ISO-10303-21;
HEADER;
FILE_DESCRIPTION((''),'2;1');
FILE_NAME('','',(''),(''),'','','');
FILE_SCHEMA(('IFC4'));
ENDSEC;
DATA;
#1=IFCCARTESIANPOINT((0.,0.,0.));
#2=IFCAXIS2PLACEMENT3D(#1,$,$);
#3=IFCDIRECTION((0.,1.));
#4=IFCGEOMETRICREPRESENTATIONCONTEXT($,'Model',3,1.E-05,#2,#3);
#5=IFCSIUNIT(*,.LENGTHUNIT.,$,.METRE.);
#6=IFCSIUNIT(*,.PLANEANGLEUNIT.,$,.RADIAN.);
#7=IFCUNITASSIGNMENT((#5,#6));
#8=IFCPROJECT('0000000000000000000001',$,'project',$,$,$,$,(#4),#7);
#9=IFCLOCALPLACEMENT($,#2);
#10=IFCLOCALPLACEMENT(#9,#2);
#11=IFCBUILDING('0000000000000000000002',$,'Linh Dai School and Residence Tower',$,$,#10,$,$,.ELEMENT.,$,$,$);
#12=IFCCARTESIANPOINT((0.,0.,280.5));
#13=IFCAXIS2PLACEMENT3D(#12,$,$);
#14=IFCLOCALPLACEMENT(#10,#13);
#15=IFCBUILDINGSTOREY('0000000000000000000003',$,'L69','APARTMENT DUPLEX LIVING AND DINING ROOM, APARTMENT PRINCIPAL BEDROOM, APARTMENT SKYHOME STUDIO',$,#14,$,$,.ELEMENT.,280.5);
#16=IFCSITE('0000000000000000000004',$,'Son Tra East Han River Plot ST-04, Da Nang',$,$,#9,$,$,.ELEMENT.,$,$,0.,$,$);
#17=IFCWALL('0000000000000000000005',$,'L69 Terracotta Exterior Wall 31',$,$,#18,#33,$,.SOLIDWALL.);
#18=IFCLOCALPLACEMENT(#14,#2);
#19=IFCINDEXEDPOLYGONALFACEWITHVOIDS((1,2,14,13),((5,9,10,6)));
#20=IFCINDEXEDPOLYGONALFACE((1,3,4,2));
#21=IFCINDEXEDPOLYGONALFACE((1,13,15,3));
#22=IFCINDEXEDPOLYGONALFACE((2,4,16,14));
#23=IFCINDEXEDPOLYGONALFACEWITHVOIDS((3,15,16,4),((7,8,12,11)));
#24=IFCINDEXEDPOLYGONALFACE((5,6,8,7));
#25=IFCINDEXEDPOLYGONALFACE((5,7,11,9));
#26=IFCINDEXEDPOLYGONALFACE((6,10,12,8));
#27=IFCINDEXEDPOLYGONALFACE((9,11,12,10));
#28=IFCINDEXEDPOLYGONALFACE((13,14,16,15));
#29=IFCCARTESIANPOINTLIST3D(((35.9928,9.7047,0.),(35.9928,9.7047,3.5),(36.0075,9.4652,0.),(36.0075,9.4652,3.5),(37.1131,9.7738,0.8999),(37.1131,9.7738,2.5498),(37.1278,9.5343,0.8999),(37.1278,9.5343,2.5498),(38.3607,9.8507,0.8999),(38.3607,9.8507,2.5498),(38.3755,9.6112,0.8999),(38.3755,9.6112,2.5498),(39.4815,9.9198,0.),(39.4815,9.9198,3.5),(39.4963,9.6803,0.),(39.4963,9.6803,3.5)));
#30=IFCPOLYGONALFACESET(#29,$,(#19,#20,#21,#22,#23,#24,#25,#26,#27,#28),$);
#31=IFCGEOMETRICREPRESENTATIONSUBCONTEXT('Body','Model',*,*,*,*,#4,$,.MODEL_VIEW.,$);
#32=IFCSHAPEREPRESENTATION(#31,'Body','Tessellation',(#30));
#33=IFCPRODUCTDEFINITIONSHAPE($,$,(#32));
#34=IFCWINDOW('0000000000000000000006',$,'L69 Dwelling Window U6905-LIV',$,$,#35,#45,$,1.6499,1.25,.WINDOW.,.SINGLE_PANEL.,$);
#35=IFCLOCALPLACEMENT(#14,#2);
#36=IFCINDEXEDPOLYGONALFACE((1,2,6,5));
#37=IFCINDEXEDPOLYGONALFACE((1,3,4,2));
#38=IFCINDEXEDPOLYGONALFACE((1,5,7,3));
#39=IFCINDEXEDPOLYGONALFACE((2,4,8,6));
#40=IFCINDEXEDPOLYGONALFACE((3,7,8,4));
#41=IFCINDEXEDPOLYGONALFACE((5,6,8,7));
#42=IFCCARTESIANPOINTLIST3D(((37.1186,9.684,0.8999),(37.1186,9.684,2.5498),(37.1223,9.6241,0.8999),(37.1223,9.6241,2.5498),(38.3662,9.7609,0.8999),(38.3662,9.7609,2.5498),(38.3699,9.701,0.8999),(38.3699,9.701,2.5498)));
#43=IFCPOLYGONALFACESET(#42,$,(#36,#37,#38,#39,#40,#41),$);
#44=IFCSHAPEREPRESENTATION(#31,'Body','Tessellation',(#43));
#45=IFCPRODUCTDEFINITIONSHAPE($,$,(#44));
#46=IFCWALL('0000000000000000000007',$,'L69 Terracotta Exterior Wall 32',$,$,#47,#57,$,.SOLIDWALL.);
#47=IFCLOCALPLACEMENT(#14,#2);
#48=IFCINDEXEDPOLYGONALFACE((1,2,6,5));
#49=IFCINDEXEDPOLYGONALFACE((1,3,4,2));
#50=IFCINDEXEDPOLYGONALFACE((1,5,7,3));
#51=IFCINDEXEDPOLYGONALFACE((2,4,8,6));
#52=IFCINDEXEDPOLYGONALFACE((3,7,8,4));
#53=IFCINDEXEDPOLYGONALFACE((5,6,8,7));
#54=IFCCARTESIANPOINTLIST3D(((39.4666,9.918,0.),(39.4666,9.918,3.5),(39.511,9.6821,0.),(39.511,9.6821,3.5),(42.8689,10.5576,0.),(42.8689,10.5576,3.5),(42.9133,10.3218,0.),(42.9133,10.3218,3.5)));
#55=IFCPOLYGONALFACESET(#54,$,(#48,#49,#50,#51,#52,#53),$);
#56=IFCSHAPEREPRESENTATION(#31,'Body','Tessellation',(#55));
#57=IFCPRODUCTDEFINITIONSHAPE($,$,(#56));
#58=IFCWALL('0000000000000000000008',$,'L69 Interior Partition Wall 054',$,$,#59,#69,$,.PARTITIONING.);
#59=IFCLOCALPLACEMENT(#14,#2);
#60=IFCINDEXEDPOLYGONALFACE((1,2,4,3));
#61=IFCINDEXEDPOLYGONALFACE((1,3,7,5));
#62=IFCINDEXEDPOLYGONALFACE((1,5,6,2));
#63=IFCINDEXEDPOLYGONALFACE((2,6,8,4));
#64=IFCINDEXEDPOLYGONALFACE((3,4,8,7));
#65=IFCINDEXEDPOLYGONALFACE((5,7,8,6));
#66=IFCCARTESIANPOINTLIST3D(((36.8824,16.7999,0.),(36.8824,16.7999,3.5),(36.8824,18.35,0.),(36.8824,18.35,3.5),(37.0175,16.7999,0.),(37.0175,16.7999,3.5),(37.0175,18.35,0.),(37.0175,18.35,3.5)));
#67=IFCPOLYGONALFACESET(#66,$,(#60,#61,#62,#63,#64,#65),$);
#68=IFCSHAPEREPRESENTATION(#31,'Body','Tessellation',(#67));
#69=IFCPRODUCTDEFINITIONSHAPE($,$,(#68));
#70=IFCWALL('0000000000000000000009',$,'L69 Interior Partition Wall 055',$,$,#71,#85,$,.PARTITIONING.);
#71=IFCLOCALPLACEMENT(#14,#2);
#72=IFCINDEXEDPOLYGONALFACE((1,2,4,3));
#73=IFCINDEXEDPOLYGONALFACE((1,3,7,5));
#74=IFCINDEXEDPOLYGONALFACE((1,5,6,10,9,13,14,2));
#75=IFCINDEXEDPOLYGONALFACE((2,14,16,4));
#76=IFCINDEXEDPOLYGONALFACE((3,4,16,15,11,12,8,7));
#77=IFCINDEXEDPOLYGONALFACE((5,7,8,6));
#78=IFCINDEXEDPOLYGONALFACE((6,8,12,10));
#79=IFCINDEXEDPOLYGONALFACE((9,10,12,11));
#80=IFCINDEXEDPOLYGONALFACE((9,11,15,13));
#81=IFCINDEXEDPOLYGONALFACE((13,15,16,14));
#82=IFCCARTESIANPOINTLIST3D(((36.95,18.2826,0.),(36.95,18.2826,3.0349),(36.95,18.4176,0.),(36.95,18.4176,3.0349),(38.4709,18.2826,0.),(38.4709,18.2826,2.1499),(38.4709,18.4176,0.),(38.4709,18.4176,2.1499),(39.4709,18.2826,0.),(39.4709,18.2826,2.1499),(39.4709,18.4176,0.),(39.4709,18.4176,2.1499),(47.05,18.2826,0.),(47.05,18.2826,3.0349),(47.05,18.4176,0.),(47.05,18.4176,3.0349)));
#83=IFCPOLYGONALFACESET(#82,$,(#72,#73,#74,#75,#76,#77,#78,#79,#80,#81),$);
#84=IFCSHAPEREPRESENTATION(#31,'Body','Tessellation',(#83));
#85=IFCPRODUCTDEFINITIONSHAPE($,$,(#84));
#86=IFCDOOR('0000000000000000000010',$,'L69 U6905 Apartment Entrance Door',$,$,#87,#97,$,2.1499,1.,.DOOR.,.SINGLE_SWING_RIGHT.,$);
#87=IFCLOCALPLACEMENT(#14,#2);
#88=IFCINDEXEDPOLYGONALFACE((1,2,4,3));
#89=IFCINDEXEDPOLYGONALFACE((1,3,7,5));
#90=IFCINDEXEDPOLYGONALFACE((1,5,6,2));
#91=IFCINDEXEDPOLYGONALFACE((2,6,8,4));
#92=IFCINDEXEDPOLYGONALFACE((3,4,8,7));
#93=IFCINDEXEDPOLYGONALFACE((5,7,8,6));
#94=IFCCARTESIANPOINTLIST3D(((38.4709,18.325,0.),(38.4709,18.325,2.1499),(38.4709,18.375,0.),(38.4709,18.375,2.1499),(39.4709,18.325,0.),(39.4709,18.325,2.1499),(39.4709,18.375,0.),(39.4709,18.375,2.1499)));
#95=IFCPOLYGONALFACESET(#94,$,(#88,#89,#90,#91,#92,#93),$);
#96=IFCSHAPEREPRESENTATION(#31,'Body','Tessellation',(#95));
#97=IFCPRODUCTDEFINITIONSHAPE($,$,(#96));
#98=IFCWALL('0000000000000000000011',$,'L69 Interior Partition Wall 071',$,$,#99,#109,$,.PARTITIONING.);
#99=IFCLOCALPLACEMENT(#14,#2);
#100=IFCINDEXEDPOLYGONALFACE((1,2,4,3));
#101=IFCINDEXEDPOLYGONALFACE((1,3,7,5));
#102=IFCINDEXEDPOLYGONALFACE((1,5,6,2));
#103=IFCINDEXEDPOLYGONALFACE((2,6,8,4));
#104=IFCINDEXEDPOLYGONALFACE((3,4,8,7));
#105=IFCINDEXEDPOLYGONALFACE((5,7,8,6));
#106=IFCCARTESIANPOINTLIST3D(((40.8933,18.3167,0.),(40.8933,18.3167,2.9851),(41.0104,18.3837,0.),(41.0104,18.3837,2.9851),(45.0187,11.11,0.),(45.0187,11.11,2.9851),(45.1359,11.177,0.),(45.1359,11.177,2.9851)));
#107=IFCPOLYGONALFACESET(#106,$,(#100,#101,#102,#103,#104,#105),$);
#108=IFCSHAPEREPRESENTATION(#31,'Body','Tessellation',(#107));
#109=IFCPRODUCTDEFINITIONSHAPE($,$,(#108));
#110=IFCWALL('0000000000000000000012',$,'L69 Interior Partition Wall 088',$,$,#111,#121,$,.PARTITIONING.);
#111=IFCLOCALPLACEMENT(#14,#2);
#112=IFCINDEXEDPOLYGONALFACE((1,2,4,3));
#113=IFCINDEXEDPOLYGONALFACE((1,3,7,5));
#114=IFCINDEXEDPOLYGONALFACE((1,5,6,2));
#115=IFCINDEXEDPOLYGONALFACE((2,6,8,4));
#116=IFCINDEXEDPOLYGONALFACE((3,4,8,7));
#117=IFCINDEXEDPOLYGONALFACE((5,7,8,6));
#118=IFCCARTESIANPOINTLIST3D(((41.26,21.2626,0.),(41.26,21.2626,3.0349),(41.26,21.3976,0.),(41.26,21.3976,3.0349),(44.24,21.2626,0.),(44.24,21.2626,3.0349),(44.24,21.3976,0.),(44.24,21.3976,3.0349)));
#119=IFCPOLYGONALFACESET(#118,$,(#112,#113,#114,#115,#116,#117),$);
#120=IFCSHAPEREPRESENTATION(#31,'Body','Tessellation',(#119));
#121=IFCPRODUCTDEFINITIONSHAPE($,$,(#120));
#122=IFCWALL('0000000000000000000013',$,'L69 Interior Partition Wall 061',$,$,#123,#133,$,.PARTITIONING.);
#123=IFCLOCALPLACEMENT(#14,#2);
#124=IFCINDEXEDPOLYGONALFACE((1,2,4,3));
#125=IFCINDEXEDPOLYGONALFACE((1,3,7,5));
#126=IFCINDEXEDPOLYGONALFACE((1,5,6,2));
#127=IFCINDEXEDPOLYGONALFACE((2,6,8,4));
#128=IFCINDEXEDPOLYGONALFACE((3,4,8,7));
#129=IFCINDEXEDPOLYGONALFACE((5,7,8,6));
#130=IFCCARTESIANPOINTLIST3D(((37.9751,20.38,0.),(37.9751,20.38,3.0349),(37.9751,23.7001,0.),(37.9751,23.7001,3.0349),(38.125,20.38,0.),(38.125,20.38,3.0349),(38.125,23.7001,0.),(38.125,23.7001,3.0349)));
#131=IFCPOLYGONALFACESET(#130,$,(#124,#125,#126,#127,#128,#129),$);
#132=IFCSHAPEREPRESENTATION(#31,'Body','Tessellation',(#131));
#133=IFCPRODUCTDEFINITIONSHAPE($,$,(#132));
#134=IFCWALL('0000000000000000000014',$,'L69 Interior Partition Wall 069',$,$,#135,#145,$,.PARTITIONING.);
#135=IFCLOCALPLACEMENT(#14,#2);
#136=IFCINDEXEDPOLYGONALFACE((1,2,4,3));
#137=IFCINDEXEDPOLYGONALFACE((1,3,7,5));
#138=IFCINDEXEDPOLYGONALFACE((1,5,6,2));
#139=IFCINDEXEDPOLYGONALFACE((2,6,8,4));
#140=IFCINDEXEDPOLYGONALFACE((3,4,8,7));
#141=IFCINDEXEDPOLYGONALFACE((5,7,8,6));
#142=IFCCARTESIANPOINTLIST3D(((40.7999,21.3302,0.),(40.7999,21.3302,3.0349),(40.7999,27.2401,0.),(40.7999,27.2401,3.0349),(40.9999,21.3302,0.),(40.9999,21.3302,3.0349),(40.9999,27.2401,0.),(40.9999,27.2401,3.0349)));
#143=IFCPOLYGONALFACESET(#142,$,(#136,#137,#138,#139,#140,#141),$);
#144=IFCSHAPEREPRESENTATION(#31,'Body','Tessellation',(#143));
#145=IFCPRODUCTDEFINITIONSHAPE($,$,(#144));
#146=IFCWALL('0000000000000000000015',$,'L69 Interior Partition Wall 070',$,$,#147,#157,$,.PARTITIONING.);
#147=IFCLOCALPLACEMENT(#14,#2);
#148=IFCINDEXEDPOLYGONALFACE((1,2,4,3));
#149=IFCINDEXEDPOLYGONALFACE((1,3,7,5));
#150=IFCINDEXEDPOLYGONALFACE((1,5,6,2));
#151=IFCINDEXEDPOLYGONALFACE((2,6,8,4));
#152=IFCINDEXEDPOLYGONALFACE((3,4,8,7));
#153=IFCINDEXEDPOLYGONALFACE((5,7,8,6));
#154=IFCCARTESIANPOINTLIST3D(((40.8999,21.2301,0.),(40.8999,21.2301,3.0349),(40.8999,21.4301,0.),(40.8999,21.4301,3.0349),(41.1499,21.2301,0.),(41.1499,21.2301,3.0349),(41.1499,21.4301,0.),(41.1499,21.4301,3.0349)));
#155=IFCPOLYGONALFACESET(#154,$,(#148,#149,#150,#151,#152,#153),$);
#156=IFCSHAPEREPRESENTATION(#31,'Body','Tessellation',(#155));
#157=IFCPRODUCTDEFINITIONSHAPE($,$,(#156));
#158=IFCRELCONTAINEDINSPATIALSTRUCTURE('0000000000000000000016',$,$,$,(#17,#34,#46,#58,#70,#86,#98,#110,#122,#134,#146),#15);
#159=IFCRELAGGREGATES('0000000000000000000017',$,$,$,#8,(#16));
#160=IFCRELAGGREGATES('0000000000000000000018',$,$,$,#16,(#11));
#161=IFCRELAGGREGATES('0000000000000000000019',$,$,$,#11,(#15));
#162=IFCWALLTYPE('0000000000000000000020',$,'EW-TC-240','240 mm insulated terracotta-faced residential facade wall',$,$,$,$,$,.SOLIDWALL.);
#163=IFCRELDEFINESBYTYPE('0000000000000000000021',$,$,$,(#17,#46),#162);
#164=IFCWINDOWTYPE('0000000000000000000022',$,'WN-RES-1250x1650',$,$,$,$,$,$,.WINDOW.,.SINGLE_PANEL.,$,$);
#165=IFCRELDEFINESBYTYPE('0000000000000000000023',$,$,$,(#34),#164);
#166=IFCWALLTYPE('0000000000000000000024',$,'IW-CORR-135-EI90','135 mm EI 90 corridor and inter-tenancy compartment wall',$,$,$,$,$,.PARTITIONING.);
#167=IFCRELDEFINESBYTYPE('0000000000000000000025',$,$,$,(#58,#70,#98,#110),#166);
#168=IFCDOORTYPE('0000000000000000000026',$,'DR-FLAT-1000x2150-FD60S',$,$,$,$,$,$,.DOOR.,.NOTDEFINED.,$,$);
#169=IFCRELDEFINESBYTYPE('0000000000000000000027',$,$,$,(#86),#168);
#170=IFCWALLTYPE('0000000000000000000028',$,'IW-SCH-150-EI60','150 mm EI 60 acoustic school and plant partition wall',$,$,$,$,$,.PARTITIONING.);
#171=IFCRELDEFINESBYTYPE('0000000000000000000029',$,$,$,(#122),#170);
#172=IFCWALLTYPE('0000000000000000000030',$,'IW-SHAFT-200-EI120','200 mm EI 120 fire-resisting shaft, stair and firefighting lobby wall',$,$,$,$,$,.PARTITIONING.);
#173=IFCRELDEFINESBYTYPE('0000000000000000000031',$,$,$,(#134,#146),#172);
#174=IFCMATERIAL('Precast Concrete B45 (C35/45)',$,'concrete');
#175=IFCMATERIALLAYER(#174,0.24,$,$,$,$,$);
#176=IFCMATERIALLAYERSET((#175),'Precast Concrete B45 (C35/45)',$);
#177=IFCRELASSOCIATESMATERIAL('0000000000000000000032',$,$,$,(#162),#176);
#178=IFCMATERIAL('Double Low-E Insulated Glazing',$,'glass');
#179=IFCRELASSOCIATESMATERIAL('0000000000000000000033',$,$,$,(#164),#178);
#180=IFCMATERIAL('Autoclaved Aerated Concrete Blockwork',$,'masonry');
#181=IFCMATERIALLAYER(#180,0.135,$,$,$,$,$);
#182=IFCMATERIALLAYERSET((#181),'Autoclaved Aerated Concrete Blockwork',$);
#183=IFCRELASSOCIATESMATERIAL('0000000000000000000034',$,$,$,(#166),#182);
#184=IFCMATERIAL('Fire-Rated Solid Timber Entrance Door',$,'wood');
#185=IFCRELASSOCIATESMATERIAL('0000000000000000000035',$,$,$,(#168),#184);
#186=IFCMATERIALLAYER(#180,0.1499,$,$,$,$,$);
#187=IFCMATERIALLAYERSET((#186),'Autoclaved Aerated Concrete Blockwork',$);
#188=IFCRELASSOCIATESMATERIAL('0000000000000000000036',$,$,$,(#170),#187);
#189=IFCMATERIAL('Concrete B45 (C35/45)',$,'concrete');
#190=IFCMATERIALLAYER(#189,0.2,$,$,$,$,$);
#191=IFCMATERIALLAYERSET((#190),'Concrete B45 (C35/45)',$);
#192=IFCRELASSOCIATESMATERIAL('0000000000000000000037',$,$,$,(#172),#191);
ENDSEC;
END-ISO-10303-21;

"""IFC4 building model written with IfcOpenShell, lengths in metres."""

from ifc_helpers import new_model, si_unit, direction, frame, frame_2d, origin, origin_2d, place, context, subcontext, project, spatial, rectangle, extrude, source, transform, mapped, material, layer, layer_set, type_object, element, fill, save


model = new_model("IFC4")

# Units and contexts
model_context = context("Model", 3, precision=1e-05, world=origin(), true_north=direction((0.0, 1.0)))
body_context = subcontext(model_context, "Body", "Model", "MODEL_VIEW")
ifc_project = project(units=[si_unit("LENGTHUNIT", "METRE"), si_unit("PLANEANGLEUNIT", "RADIAN")], contexts=[model_context])

# Site, building, storey
site_placement = place(None, origin())
site = spatial("IfcSite", under=ifc_project, at=site_placement, Name="Son Tra East Han River Plot ST-04, Da Nang", CompositionType="ELEMENT", RefElevation=0.0)
building_placement = place(site_placement, origin())
building = spatial("IfcBuilding", under=site, at=building_placement, Name="Linh Dai School and Residence Tower", CompositionType="ELEMENT")
storey_placement = place(building_placement, frame((0.0, 0.0, 280.5)))
storey = spatial("IfcBuildingStorey", under=building, at=storey_placement, Name="L69", Description="APARTMENT DUPLEX LIVING AND DINING ROOM, APARTMENT PRINCIPAL BEDROOM, APARTMENT SKYHOME STUDIO", CompositionType="ELEMENT", Elevation=280.5)

# Shared definitions
ifc_material_1 = material(Name="Precast Concrete B45 (C35/45)", Category="concrete")
ifc_layer_1 = layer(ifc_material_1, 0.24)
ifc_layer_set_1 = layer_set([ifc_layer_1], Name="Precast Concrete B45 (C35/45)")
wall_type_1 = type_object("IfcWallType", Name="EW-TC-240", Description="240 mm insulated terracotta-faced residential facade wall", PredefinedType="SOLIDWALL", material=ifc_layer_set_1)

# Wall, opening, window
wall_1_placement = place(storey_placement, frame((39.4888, 9.8, 0.0), z_axis=(0.0, 0.0, 1.0), x_axis=(-0.998105, -0.061535, 0.0)))
wall_1 = element("IfcWall", 1, at=wall_1_placement, inside=storey, type_object=wall_type_1, Name="L69 Terracotta Exterior Wall 31", PredefinedType="SOLIDWALL", context=body_context, shape_type="SweptSolid", body=[
    extrude(rectangle(XDim=3.4954, YDim=0.24, at=frame_2d((1.7476, 0.0))), origin(), (0.0, 0.0, 1.0), 3.5),
])
opening_1_placement = place(wall_1_placement, frame((1.1228, 0.0, 0.8999)))
opening_1 = element("IfcOpeningElement", 2, at=opening_1_placement, cuts=wall_1, PredefinedType="OPENING", context=body_context, shape_type="SweptSolid", body=[
    extrude(rectangle(XDim=1.25, YDim=1.6499, at=origin_2d()), frame((0.625, 0.1299, 0.825), z_axis=(0.0, -1.0, 0.0), x_axis=(1.0, 0.0, 0.0)), (0.0, 0.0, 1.0), 0.26),
])
ifc_material_2 = material(Name="Double Low-E Insulated Glazing", Category="glass")
window_type = type_object("IfcWindowType", Name="WN-RES-1250x1650", PartitioningType="SINGLE_PANEL", PredefinedType="WINDOW", material=ifc_material_2)
shared_shape_1 = source(origin(), body_context, "Body", "SweptSolid", [
    extrude(rectangle(XDim=1.25, YDim=1.6499, at=origin_2d()), frame((0.625, 0.03, 0.825), z_axis=(0.0, -1.0, 0.0), x_axis=(1.0, 0.0, 0.0)), (0.0, 0.0, 1.0), 0.0601),
])
window_placement = place(opening_1_placement, origin())
window = element("IfcWindow", 3, at=window_placement, inside=storey, type_object=window_type, Name="L69 Dwelling Window U6905-LIV", OverallHeight=1.6499, OverallWidth=1.25, PartitioningType="SINGLE_PANEL", PredefinedType="WINDOW", context=body_context, shape_type="MappedRepresentation", body=[
    mapped(shared_shape_1, transform((0.0, 0.0, 0.0), x_axis=(1.0, 0.0, 0.0), y_axis=(0.0, 1.0, 0.0), z_axis=(0.0, 0.0, 1.0), scale=1.0)),
])
fill(opening_1, window)

# Walls
wall_2_placement = place(storey_placement, frame((42.8911, 10.4397, 0.0), z_axis=(0.0, 0.0, 1.0), x_axis=(-0.982783, -0.184765, 0.0)))
element("IfcWall", 4, at=wall_2_placement, inside=storey, type_object=wall_type_1, Name="L69 Terracotta Exterior Wall 32", PredefinedType="SOLIDWALL", context=body_context, shape_type="SweptSolid", body=[
    extrude(rectangle(XDim=3.4619, YDim=0.24, at=frame_2d((1.731, 0.0))), origin(), (0.0, 0.0, 1.0), 3.5),
])
ifc_material_3 = material(Name="Autoclaved Aerated Concrete Blockwork", Category="masonry")
ifc_layer_2 = layer(ifc_material_3, 0.135)
ifc_layer_set_2 = layer_set([ifc_layer_2], Name="Autoclaved Aerated Concrete Blockwork")
wall_type_2 = type_object("IfcWallType", Name="IW-CORR-135-EI90", Description="135 mm EI 90 corridor and inter-tenancy compartment wall", PredefinedType="PARTITIONING", material=ifc_layer_set_2)
wall_3_placement = place(storey_placement, frame((36.95, 16.8, 0.0), z_axis=(0.0, 0.0, 1.0), x_axis=(0.0, 1.0, 0.0)))
element("IfcWall", 5, at=wall_3_placement, inside=storey, type_object=wall_type_2, Name="L69 Interior Partition Wall 054", PredefinedType="PARTITIONING", context=body_context, shape_type="SweptSolid", body=[
    extrude(rectangle(XDim=1.55, YDim=0.135, at=frame_2d((0.7749, 0.0))), origin(), (0.0, 0.0, 1.0), 3.5),
])

# Wall, opening, door
wall_4_placement = place(storey_placement, frame((36.95, 18.3501, 0.0), z_axis=(0.0, 0.0, 1.0), x_axis=(1.0, 0.0, 0.0)))
wall_4 = element("IfcWall", 6, at=wall_4_placement, inside=storey, type_object=wall_type_2, Name="L69 Interior Partition Wall 055", PredefinedType="PARTITIONING", context=body_context, shape_type="SweptSolid", body=[
    extrude(rectangle(XDim=10.1001, YDim=0.135, at=frame_2d((5.05, 0.0))), origin(), (0.0, 0.0, 1.0), 3.0349),
])
opening_2_placement = place(wall_4_placement, frame((1.521, 0.0, 0.0)))
opening_2 = element("IfcOpeningElement", 7, at=opening_2_placement, cuts=wall_4, PredefinedType="OPENING", context=body_context, shape_type="SweptSolid", body=[
    extrude(rectangle(XDim=1.0, YDim=2.1499, at=origin_2d()), frame((0.5, 0.0776, 1.075), z_axis=(0.0, -1.0, 0.0), x_axis=(1.0, 0.0, 0.0)), (0.0, 0.0, 1.0), 0.155),
])
ifc_material_4 = material(Name="Fire-Rated Solid Timber Entrance Door", Category="wood")
door_type = type_object("IfcDoorType", Name="DR-FLAT-1000x2150-FD60S", OperationType="NOTDEFINED", PredefinedType="DOOR", material=ifc_material_4)
shared_shape_2 = source(origin(), body_context, "Body", "SweptSolid", [
    extrude(rectangle(XDim=1.0, YDim=2.1499, at=origin_2d()), frame((0.5, 0.0249, 1.075), z_axis=(0.0, -1.0, 0.0), x_axis=(1.0, 0.0, 0.0)), (0.0, 0.0, 1.0), 0.05),
])
door_placement = place(opening_2_placement, origin())
door = element("IfcDoor", 8, at=door_placement, inside=storey, type_object=door_type, Name="L69 U6905 Apartment Entrance Door", OperationType="SINGLE_SWING_RIGHT", OverallHeight=2.1499, OverallWidth=1.0, PredefinedType="DOOR", context=body_context, shape_type="MappedRepresentation", body=[
    mapped(shared_shape_2, transform((0.0, 0.0, 0.0), x_axis=(1.0, 0.0, 0.0), y_axis=(0.0, 1.0, 0.0), z_axis=(0.0, 0.0, 1.0), scale=1.0)),
])
fill(opening_2, door)

# Walls
wall_5_placement = place(storey_placement, frame((40.9519, 18.3501, 0.0), z_axis=(0.0, 0.0, 1.0), x_axis=(0.496804, -0.867863, 0.0)))
element("IfcWall", 9, at=wall_5_placement, inside=storey, type_object=wall_type_2, Name="L69 Interior Partition Wall 071", PredefinedType="PARTITIONING", context=body_context, shape_type="SweptSolid", body=[
    extrude(rectangle(XDim=8.304, YDim=0.135, at=frame_2d((4.1519, 0.0))), origin(), (0.0, 0.0, 1.0), 2.9851),
])
wall_6_placement = place(storey_placement, frame((44.24, 21.3301, 0.0), z_axis=(0.0, 0.0, 1.0), x_axis=(-1.0, 0.0, 0.0)))
element("IfcWall", 10, at=wall_6_placement, inside=storey, type_object=wall_type_2, Name="L69 Interior Partition Wall 088", PredefinedType="PARTITIONING", context=body_context, shape_type="SweptSolid", body=[
    extrude(rectangle(XDim=2.98, YDim=0.135, at=frame_2d((1.49, 0.0))), origin(), (0.0, 0.0, 1.0), 3.0349),
])
ifc_layer_3 = layer(ifc_material_3, 0.1499)
ifc_layer_set_3 = layer_set([ifc_layer_3], Name="Autoclaved Aerated Concrete Blockwork")
wall_type_3 = type_object("IfcWallType", Name="IW-SCH-150-EI60", Description="150 mm EI 60 acoustic school and plant partition wall", PredefinedType="PARTITIONING", material=ifc_layer_set_3)
wall_7_placement = place(storey_placement, frame((38.05, 20.3799, 0.0), z_axis=(0.0, 0.0, 1.0), x_axis=(0.0, 1.0, 0.0)))
element("IfcWall", 11, at=wall_7_placement, inside=storey, type_object=wall_type_3, Name="L69 Interior Partition Wall 061", PredefinedType="PARTITIONING", context=body_context, shape_type="SweptSolid", body=[
    extrude(rectangle(XDim=3.3201, YDim=0.1499, at=frame_2d((1.6602, 0.0))), origin(), (0.0, 0.0, 1.0), 3.0349),
])
ifc_material_5 = material(Name="Concrete B45 (C35/45)", Category="concrete")
ifc_layer_4 = layer(ifc_material_5, 0.2)
ifc_layer_set_4 = layer_set([ifc_layer_4], Name="Concrete B45 (C35/45)")
wall_type_4 = type_object("IfcWallType", Name="IW-SHAFT-200-EI120", Description="200 mm EI 120 fire-resisting shaft, stair and firefighting lobby wall", PredefinedType="PARTITIONING", material=ifc_layer_set_4)
wall_8_placement = place(storey_placement, frame((40.8999, 21.3301, 0.0), z_axis=(0.0, 0.0, 1.0), x_axis=(0.0, 1.0, 0.0)))
element("IfcWall", 12, at=wall_8_placement, inside=storey, type_object=wall_type_4, Name="L69 Interior Partition Wall 069", PredefinedType="PARTITIONING", context=body_context, shape_type="SweptSolid", body=[
    extrude(rectangle(XDim=5.9099, YDim=0.2, at=frame_2d((2.9551, 0.0))), origin(), (0.0, 0.0, 1.0), 3.0349),
])
wall_9_placement = place(storey_placement, frame((40.8999, 21.3301, 0.0), z_axis=(0.0, 0.0, 1.0), x_axis=(1.0, 0.0, 0.0)))
element("IfcWall", 13, at=wall_9_placement, inside=storey, type_object=wall_type_4, Name="L69 Interior Partition Wall 070", PredefinedType="PARTITIONING", context=body_context, shape_type="SweptSolid", body=[
    extrude(rectangle(XDim=0.25, YDim=0.2, at=frame_2d((0.125, 0.0))), origin(), (0.0, 0.0, 1.0), 3.0349),
])

save(model, "model.ifc")
